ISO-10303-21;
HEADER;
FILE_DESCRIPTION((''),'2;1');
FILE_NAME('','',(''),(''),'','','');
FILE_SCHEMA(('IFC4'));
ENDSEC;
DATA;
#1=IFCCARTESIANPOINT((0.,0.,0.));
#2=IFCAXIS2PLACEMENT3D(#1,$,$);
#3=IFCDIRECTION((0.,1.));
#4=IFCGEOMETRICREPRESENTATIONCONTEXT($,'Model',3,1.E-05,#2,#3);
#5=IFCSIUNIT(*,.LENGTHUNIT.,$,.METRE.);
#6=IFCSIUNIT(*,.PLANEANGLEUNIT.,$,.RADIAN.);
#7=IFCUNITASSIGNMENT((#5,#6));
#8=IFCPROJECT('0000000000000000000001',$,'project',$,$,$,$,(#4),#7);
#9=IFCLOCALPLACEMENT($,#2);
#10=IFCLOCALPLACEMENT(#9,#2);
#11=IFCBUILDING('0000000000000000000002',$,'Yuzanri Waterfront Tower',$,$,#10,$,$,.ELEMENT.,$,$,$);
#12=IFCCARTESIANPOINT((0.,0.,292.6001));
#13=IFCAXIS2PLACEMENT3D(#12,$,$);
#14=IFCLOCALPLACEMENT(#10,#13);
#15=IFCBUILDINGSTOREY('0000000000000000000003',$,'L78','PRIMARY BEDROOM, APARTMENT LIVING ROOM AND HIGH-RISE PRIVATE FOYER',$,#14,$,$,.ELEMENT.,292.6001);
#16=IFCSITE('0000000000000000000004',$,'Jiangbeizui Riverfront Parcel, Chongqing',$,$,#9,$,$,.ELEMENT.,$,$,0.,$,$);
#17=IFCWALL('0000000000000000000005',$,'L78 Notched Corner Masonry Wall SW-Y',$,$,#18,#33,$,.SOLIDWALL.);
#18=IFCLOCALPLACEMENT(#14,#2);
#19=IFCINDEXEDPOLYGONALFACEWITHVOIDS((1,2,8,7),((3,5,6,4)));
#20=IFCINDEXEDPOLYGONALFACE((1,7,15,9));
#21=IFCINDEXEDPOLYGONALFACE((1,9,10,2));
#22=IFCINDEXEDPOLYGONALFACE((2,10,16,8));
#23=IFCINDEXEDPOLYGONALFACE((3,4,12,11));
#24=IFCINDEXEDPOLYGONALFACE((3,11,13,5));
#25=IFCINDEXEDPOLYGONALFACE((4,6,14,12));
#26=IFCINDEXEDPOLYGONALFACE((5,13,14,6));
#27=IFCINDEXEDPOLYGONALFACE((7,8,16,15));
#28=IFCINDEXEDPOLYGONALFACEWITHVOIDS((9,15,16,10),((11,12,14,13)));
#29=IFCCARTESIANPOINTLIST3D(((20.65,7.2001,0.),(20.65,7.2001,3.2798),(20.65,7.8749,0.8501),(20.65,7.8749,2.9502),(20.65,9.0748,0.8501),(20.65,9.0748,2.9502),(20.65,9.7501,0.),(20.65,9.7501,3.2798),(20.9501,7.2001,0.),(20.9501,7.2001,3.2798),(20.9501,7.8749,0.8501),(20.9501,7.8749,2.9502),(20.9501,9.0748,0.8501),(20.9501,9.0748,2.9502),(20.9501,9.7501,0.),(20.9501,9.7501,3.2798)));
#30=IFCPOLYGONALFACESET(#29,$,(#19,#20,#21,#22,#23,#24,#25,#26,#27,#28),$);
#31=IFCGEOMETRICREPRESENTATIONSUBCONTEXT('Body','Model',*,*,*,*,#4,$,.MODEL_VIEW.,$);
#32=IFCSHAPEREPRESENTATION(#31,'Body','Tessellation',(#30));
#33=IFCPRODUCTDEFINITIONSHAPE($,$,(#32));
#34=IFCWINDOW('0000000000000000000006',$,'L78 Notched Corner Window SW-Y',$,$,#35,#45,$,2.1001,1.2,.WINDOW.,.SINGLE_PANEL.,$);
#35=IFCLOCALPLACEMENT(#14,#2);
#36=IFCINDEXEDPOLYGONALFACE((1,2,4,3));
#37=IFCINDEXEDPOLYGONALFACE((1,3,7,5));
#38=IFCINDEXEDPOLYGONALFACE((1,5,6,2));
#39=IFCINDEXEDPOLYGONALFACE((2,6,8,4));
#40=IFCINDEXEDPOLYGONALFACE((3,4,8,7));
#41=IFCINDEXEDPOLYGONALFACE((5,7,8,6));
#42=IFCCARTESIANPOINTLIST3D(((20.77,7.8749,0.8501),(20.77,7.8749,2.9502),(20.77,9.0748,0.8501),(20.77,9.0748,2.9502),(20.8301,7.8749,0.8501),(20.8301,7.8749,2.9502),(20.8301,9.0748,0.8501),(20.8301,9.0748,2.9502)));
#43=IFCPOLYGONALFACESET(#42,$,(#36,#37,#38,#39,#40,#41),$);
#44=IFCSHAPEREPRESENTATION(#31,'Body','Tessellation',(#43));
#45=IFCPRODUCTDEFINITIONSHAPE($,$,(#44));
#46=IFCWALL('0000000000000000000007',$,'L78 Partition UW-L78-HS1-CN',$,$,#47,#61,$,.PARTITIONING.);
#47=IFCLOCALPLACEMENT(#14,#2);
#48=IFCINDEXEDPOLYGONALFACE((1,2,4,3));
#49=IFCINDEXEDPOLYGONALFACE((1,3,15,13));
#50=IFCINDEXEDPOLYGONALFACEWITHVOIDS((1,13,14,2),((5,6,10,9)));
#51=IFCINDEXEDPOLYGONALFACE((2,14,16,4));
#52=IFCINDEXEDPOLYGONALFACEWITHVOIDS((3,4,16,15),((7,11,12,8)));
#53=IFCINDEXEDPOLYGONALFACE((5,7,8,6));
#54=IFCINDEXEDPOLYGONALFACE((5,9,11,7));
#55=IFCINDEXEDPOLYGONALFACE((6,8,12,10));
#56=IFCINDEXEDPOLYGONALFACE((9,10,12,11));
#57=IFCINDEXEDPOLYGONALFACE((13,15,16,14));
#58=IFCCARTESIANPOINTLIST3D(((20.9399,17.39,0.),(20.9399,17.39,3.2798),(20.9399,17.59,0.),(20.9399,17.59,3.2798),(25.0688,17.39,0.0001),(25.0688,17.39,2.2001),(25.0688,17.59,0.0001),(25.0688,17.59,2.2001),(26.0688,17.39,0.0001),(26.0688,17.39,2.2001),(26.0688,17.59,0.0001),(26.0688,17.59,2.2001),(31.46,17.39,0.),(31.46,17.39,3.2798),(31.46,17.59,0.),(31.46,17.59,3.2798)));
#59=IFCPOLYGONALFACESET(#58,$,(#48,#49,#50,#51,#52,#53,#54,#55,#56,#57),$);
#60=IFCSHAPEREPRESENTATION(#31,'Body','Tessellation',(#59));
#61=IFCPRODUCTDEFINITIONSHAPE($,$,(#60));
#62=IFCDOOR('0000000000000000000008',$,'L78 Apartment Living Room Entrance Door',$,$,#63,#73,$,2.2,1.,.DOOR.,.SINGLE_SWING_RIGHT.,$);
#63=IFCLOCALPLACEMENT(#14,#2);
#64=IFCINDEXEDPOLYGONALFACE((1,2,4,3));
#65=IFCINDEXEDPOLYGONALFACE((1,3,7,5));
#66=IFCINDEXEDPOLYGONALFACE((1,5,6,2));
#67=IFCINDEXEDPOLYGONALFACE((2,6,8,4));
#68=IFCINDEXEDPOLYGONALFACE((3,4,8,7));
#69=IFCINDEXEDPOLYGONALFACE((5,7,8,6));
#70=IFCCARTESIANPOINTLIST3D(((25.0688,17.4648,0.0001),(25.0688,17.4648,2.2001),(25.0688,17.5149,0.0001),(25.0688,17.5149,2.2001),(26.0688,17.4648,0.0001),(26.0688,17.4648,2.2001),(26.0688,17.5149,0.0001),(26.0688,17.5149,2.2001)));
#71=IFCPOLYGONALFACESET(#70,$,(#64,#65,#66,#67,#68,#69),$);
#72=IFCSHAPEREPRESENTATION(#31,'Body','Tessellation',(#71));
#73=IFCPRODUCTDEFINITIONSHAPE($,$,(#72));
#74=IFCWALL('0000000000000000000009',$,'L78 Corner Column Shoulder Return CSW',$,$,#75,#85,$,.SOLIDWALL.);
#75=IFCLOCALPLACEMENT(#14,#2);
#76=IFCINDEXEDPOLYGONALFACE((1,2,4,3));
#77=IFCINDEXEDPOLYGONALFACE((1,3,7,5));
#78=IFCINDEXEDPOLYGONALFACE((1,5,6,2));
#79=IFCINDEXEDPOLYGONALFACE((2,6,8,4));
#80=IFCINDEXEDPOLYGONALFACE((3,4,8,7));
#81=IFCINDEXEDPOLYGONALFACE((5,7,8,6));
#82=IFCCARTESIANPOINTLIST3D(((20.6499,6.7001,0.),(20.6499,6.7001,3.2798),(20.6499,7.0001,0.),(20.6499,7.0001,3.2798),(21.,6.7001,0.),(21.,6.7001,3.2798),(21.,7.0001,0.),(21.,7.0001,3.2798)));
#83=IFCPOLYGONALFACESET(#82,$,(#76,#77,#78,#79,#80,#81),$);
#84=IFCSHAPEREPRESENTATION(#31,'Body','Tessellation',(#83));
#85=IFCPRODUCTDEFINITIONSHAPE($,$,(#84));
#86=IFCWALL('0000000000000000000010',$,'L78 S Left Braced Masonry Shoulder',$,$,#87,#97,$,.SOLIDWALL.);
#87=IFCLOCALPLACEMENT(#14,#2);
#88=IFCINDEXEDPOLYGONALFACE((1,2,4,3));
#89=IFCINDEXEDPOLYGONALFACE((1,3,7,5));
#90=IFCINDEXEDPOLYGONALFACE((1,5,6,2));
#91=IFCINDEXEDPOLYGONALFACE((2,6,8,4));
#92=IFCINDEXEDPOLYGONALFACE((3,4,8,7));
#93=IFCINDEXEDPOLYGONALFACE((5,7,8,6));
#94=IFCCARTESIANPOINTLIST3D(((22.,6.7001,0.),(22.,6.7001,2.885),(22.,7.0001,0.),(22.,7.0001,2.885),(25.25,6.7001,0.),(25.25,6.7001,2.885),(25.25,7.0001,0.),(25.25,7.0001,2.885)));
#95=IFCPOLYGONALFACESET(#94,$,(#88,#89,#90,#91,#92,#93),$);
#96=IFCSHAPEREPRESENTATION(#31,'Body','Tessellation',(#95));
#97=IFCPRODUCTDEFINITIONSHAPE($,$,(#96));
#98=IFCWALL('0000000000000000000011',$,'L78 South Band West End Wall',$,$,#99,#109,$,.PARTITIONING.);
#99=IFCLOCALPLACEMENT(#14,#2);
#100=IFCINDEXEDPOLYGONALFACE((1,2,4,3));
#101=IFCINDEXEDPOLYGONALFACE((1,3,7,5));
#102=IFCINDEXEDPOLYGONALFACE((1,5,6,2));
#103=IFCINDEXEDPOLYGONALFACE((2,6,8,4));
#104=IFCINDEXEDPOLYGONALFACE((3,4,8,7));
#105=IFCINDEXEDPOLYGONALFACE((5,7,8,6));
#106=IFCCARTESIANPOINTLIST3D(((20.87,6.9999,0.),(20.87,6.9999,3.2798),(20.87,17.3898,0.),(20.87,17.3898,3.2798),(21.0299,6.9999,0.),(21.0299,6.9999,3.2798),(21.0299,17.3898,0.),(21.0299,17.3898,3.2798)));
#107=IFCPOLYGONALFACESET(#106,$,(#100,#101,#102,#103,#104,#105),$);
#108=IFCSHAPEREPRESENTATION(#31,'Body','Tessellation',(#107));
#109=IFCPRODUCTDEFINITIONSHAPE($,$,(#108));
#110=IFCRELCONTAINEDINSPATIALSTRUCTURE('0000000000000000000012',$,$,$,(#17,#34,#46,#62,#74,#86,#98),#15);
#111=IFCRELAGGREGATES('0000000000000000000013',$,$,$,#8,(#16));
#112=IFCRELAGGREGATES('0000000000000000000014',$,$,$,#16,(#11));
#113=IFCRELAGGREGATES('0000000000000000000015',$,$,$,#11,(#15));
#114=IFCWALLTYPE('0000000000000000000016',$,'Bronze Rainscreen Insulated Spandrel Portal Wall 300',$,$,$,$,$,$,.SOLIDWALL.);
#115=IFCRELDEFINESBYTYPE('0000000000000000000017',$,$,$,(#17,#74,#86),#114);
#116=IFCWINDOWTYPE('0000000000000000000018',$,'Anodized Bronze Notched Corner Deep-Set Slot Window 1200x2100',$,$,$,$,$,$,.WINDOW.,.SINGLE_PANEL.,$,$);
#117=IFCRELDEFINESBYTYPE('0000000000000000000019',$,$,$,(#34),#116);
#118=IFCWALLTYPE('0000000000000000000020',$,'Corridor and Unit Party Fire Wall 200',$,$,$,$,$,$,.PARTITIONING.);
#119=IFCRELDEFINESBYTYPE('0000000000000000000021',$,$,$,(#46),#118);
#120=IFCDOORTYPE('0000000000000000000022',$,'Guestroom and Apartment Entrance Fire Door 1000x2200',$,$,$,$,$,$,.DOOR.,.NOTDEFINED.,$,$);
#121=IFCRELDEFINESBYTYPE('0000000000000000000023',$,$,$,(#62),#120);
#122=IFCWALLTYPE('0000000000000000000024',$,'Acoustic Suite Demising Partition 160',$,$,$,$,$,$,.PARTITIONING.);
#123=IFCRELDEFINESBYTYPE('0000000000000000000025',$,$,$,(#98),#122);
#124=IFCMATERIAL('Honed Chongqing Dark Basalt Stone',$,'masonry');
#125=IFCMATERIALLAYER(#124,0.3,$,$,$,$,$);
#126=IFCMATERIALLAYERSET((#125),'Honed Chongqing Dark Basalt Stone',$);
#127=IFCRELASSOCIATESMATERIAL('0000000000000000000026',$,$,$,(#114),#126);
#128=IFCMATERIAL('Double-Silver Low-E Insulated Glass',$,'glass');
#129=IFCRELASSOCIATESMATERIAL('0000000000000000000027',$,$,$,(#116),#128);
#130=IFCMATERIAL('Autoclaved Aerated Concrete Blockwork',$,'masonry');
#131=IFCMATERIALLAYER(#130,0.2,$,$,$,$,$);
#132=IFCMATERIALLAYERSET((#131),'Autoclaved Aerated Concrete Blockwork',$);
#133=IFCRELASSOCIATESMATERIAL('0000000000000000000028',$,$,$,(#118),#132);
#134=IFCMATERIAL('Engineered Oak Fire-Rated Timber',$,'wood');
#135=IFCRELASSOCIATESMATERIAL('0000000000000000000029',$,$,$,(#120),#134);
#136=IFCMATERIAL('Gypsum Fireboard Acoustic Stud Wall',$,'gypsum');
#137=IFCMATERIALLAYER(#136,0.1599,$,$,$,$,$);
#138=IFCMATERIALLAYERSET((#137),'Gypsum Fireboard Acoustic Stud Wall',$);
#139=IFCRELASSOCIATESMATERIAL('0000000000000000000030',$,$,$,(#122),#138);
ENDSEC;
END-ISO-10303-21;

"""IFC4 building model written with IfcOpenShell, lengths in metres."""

from ifc_helpers import new_model, si_unit, direction, frame, frame_2d, origin, place, context, subcontext, project, spatial, rectangle, extrude, source, transform, mapped, material, layer, layer_set, type_object, element, fill, save


model = new_model("IFC4")

# Units and contexts
model_context = context("Model", 3, precision=1e-05, world=origin(), true_north=direction((0.0, 1.0)))
body_context = subcontext(model_context, "Body", "Model", "MODEL_VIEW")
ifc_project = project(units=[si_unit("LENGTHUNIT", "METRE"), si_unit("PLANEANGLEUNIT", "RADIAN")], contexts=[model_context])

# Site, building, storey
site_placement = place(None, origin())
site = spatial("IfcSite", under=ifc_project, at=site_placement, Name="Jiangbeizui Riverfront Parcel, Chongqing", CompositionType="ELEMENT", RefElevation=0.0)
building_placement = place(site_placement, origin())
building = spatial("IfcBuilding", under=site, at=building_placement, Name="Yuzanri Waterfront Tower", CompositionType="ELEMENT")
storey_placement = place(building_placement, frame((0.0, 0.0, 292.6001)))
storey = spatial("IfcBuildingStorey", under=building, at=storey_placement, Name="L78", Description="PRIMARY BEDROOM, APARTMENT LIVING ROOM AND HIGH-RISE PRIVATE FOYER", CompositionType="ELEMENT", Elevation=292.6001)

# Wall, opening, window
ifc_material_1 = material(Name="Honed Chongqing Dark Basalt Stone", Category="masonry")
ifc_layer_1 = layer(ifc_material_1, 0.3)
ifc_layer_set_1 = layer_set([ifc_layer_1], Name="Honed Chongqing Dark Basalt Stone")
wall_type_1 = type_object("IfcWallType", Name="Bronze Rainscreen Insulated Spandrel Portal Wall 300", PredefinedType="SOLIDWALL", material=ifc_layer_set_1)
wall_1_placement = place(storey_placement, frame((20.8, 9.75, 0.0), z_axis=(0.0, 0.0, 1.0), x_axis=(0.0, -1.0, 0.0)))
wall_1 = element("IfcWall", 1, at=wall_1_placement, inside=storey, type_object=wall_type_1, Name="L78 Notched Corner Masonry Wall SW-Y", PredefinedType="SOLIDWALL", context=body_context, shape_type="SweptSolid", body=[
    extrude(rectangle(XDim=2.55, YDim=0.3, at=frame_2d((1.2749, 0.0))), origin(), (0.0, 0.0, 1.0), 3.2798),
])
opening_1_placement = place(wall_1_placement, frame((0.675, 0.0, 0.8501)))
opening_1 = element("IfcOpeningElement", 2, at=opening_1_placement, cuts=wall_1, PredefinedType="OPENING", context=body_context, shape_type="SweptSolid", body=[
    extrude(rectangle(XDim=1.2, YDim=2.1001, at=frame_2d((0.6001, 1.05))), frame((0.0, 0.165, 0.0), z_axis=(0.0, -1.0, 0.0), x_axis=(1.0, 0.0, 0.0)), (0.0, 0.0, 1.0), 0.3298),
])
ifc_material_2 = material(Name="Double-Silver Low-E Insulated Glass", Category="glass")
window_type_1 = type_object("IfcWindowType", Name="Anodized Bronze Notched Corner Deep-Set Slot Window 1200x2100", PartitioningType="SINGLE_PANEL", PredefinedType="WINDOW", material=ifc_material_2)
shared_shape_1 = source(origin(), body_context, "Body", "SweptSolid", [
    extrude(rectangle(XDim=1.2, YDim=2.1001, at=frame_2d((0.6001, 1.05))), frame((0.0, 0.03, 0.0), z_axis=(0.0, -1.0, 0.0), x_axis=(1.0, 0.0, 0.0)), (0.0, 0.0, 1.0), 0.0601),
])
window_1_placement = place(opening_1_placement, origin())
window_1 = element("IfcWindow", 3, at=window_1_placement, inside=storey, type_object=window_type_1, Name="L78 Notched Corner Window SW-Y", OverallHeight=2.1001, OverallWidth=1.2, PartitioningType="SINGLE_PANEL", PredefinedType="WINDOW", context=body_context, shape_type="MappedRepresentation", body=[
    mapped(shared_shape_1, transform((0.0, 0.0, 0.0), scale=1.0)),
])
fill(opening_1, window_1)

# Wall, opening, door
ifc_material_3 = material(Name="Autoclaved Aerated Concrete Blockwork", Category="masonry")
ifc_layer_2 = layer(ifc_material_3, 0.2)
ifc_layer_set_2 = layer_set([ifc_layer_2], Name="Autoclaved Aerated Concrete Blockwork")
wall_type_2 = type_object("IfcWallType", Name="Corridor and Unit Party Fire Wall 200", PredefinedType="PARTITIONING", material=ifc_layer_set_2)
wall_2_placement = place(storey_placement, frame((20.9399, 17.49, 0.0), z_axis=(0.0, 0.0, 1.0), x_axis=(1.0, 0.0, 0.0)))
wall_2 = element("IfcWall", 4, at=wall_2_placement, inside=storey, type_object=wall_type_2, Name="L78 Partition UW-L78-HS1-CN", PredefinedType="PARTITIONING", context=body_context, shape_type="SweptSolid", body=[
    extrude(rectangle(XDim=10.52, YDim=0.2, at=frame_2d((5.26, 0.0))), origin(), (0.0, 0.0, 1.0), 3.2798),
])
opening_2_placement = place(wall_2_placement, frame((4.1289, 0.0, 0.0)))
opening_2 = element("IfcOpeningElement", 5, at=opening_2_placement, cuts=wall_2, PredefinedType="OPENING", context=body_context, shape_type="SweptSolid", body=[
    extrude(rectangle(XDim=1.0, YDim=2.2, at=frame_2d((0.5, 1.1001))), frame((0.0, 0.1147, 0.0), z_axis=(0.0, -1.0, 0.0), x_axis=(1.0, 0.0, 0.0)), (0.0, 0.0, 1.0), 0.2297),
])
ifc_material_4 = material(Name="Engineered Oak Fire-Rated Timber", Category="wood")
door_type_1 = type_object("IfcDoorType", Name="Guestroom and Apartment Entrance Fire Door 1000x2200", OperationType="NOTDEFINED", PredefinedType="DOOR", material=ifc_material_4)
shared_shape_2 = source(origin(), body_context, "Body", "SweptSolid", [
    extrude(rectangle(XDim=1.0, YDim=2.2, at=frame_2d((0.5, 1.1001))), frame((0.0, 0.0249, 0.0), z_axis=(0.0, -1.0, 0.0), x_axis=(1.0, 0.0, 0.0)), (0.0, 0.0, 1.0), 0.05),
])
door_1_placement = place(opening_2_placement, origin())
door_1 = element("IfcDoor", 6, at=door_1_placement, inside=storey, type_object=door_type_1, Name="L78 Apartment Living Room Entrance Door", OperationType="SINGLE_SWING_RIGHT", OverallHeight=2.2, OverallWidth=1.0, PredefinedType="DOOR", context=body_context, shape_type="MappedRepresentation", body=[
    mapped(shared_shape_2, transform((0.0, 0.0, 0.0), scale=1.0)),
])
fill(opening_2, door_1)

# Walls
shared_shape_3 = source(origin(), body_context, "Body", "SweptSolid", [
    extrude(rectangle(XDim=0.3501, YDim=0.3, at=frame_2d((0.175, 0.0))), origin(), (0.0, 0.0, 1.0), 3.2798),
])
wall_3_placement = place(storey_placement, frame((20.6499, 6.8501, 0.0), z_axis=(0.0, 0.0, 1.0), x_axis=(1.0, 0.0, 0.0)))
element("IfcWall", 7, at=wall_3_placement, inside=storey, type_object=wall_type_1, Name="L78 Corner Column Shoulder Return CSW", PredefinedType="SOLIDWALL", context=body_context, shape_type="MappedRepresentation", body=[
    mapped(shared_shape_3, transform((0.0, 0.0, 0.0), scale=1.0)),
])
shared_shape_4 = source(origin(), body_context, "Body", "SweptSolid", [
    extrude(rectangle(XDim=3.25, YDim=0.3, at=frame_2d((1.625, 0.0))), origin(), (0.0, 0.0, 1.0), 2.885),
])
wall_4_placement = place(storey_placement, frame((22.0, 6.8501, 0.0), z_axis=(0.0, 0.0, 1.0), x_axis=(1.0, 0.0, 0.0)))
element("IfcWall", 8, at=wall_4_placement, inside=storey, type_object=wall_type_1, Name="L78 S Left Braced Masonry Shoulder", PredefinedType="SOLIDWALL", context=body_context, shape_type="MappedRepresentation", body=[
    mapped(shared_shape_4, transform((0.0, 0.0, 0.0), scale=1.0)),
])
ifc_material_5 = material(Name="Gypsum Fireboard Acoustic Stud Wall", Category="gypsum")
ifc_layer_3 = layer(ifc_material_5, 0.1599)
ifc_layer_set_3 = layer_set([ifc_layer_3], Name="Gypsum Fireboard Acoustic Stud Wall")
wall_type_3 = type_object("IfcWallType", Name="Acoustic Suite Demising Partition 160", PredefinedType="PARTITIONING", material=ifc_layer_set_3)
shared_shape_5 = source(origin(), body_context, "Body", "SweptSolid", [
    extrude(rectangle(XDim=10.3899, YDim=0.1599, at=frame_2d((5.1948, 0.0))), origin(), (0.0, 0.0, 1.0), 3.2798),
])
wall_5_placement = place(storey_placement, frame((20.95, 7.0, 0.0), z_axis=(0.0, 0.0, 1.0), x_axis=(0.0, 1.0, 0.0)))
element("IfcWall", 9, at=wall_5_placement, inside=storey, type_object=wall_type_3, Name="L78 South Band West End Wall", PredefinedType="PARTITIONING", context=body_context, shape_type="MappedRepresentation", body=[
    mapped(shared_shape_5, transform((0.0, 0.0, 0.0), scale=1.0)),
])

save(model, "model.ifc")
